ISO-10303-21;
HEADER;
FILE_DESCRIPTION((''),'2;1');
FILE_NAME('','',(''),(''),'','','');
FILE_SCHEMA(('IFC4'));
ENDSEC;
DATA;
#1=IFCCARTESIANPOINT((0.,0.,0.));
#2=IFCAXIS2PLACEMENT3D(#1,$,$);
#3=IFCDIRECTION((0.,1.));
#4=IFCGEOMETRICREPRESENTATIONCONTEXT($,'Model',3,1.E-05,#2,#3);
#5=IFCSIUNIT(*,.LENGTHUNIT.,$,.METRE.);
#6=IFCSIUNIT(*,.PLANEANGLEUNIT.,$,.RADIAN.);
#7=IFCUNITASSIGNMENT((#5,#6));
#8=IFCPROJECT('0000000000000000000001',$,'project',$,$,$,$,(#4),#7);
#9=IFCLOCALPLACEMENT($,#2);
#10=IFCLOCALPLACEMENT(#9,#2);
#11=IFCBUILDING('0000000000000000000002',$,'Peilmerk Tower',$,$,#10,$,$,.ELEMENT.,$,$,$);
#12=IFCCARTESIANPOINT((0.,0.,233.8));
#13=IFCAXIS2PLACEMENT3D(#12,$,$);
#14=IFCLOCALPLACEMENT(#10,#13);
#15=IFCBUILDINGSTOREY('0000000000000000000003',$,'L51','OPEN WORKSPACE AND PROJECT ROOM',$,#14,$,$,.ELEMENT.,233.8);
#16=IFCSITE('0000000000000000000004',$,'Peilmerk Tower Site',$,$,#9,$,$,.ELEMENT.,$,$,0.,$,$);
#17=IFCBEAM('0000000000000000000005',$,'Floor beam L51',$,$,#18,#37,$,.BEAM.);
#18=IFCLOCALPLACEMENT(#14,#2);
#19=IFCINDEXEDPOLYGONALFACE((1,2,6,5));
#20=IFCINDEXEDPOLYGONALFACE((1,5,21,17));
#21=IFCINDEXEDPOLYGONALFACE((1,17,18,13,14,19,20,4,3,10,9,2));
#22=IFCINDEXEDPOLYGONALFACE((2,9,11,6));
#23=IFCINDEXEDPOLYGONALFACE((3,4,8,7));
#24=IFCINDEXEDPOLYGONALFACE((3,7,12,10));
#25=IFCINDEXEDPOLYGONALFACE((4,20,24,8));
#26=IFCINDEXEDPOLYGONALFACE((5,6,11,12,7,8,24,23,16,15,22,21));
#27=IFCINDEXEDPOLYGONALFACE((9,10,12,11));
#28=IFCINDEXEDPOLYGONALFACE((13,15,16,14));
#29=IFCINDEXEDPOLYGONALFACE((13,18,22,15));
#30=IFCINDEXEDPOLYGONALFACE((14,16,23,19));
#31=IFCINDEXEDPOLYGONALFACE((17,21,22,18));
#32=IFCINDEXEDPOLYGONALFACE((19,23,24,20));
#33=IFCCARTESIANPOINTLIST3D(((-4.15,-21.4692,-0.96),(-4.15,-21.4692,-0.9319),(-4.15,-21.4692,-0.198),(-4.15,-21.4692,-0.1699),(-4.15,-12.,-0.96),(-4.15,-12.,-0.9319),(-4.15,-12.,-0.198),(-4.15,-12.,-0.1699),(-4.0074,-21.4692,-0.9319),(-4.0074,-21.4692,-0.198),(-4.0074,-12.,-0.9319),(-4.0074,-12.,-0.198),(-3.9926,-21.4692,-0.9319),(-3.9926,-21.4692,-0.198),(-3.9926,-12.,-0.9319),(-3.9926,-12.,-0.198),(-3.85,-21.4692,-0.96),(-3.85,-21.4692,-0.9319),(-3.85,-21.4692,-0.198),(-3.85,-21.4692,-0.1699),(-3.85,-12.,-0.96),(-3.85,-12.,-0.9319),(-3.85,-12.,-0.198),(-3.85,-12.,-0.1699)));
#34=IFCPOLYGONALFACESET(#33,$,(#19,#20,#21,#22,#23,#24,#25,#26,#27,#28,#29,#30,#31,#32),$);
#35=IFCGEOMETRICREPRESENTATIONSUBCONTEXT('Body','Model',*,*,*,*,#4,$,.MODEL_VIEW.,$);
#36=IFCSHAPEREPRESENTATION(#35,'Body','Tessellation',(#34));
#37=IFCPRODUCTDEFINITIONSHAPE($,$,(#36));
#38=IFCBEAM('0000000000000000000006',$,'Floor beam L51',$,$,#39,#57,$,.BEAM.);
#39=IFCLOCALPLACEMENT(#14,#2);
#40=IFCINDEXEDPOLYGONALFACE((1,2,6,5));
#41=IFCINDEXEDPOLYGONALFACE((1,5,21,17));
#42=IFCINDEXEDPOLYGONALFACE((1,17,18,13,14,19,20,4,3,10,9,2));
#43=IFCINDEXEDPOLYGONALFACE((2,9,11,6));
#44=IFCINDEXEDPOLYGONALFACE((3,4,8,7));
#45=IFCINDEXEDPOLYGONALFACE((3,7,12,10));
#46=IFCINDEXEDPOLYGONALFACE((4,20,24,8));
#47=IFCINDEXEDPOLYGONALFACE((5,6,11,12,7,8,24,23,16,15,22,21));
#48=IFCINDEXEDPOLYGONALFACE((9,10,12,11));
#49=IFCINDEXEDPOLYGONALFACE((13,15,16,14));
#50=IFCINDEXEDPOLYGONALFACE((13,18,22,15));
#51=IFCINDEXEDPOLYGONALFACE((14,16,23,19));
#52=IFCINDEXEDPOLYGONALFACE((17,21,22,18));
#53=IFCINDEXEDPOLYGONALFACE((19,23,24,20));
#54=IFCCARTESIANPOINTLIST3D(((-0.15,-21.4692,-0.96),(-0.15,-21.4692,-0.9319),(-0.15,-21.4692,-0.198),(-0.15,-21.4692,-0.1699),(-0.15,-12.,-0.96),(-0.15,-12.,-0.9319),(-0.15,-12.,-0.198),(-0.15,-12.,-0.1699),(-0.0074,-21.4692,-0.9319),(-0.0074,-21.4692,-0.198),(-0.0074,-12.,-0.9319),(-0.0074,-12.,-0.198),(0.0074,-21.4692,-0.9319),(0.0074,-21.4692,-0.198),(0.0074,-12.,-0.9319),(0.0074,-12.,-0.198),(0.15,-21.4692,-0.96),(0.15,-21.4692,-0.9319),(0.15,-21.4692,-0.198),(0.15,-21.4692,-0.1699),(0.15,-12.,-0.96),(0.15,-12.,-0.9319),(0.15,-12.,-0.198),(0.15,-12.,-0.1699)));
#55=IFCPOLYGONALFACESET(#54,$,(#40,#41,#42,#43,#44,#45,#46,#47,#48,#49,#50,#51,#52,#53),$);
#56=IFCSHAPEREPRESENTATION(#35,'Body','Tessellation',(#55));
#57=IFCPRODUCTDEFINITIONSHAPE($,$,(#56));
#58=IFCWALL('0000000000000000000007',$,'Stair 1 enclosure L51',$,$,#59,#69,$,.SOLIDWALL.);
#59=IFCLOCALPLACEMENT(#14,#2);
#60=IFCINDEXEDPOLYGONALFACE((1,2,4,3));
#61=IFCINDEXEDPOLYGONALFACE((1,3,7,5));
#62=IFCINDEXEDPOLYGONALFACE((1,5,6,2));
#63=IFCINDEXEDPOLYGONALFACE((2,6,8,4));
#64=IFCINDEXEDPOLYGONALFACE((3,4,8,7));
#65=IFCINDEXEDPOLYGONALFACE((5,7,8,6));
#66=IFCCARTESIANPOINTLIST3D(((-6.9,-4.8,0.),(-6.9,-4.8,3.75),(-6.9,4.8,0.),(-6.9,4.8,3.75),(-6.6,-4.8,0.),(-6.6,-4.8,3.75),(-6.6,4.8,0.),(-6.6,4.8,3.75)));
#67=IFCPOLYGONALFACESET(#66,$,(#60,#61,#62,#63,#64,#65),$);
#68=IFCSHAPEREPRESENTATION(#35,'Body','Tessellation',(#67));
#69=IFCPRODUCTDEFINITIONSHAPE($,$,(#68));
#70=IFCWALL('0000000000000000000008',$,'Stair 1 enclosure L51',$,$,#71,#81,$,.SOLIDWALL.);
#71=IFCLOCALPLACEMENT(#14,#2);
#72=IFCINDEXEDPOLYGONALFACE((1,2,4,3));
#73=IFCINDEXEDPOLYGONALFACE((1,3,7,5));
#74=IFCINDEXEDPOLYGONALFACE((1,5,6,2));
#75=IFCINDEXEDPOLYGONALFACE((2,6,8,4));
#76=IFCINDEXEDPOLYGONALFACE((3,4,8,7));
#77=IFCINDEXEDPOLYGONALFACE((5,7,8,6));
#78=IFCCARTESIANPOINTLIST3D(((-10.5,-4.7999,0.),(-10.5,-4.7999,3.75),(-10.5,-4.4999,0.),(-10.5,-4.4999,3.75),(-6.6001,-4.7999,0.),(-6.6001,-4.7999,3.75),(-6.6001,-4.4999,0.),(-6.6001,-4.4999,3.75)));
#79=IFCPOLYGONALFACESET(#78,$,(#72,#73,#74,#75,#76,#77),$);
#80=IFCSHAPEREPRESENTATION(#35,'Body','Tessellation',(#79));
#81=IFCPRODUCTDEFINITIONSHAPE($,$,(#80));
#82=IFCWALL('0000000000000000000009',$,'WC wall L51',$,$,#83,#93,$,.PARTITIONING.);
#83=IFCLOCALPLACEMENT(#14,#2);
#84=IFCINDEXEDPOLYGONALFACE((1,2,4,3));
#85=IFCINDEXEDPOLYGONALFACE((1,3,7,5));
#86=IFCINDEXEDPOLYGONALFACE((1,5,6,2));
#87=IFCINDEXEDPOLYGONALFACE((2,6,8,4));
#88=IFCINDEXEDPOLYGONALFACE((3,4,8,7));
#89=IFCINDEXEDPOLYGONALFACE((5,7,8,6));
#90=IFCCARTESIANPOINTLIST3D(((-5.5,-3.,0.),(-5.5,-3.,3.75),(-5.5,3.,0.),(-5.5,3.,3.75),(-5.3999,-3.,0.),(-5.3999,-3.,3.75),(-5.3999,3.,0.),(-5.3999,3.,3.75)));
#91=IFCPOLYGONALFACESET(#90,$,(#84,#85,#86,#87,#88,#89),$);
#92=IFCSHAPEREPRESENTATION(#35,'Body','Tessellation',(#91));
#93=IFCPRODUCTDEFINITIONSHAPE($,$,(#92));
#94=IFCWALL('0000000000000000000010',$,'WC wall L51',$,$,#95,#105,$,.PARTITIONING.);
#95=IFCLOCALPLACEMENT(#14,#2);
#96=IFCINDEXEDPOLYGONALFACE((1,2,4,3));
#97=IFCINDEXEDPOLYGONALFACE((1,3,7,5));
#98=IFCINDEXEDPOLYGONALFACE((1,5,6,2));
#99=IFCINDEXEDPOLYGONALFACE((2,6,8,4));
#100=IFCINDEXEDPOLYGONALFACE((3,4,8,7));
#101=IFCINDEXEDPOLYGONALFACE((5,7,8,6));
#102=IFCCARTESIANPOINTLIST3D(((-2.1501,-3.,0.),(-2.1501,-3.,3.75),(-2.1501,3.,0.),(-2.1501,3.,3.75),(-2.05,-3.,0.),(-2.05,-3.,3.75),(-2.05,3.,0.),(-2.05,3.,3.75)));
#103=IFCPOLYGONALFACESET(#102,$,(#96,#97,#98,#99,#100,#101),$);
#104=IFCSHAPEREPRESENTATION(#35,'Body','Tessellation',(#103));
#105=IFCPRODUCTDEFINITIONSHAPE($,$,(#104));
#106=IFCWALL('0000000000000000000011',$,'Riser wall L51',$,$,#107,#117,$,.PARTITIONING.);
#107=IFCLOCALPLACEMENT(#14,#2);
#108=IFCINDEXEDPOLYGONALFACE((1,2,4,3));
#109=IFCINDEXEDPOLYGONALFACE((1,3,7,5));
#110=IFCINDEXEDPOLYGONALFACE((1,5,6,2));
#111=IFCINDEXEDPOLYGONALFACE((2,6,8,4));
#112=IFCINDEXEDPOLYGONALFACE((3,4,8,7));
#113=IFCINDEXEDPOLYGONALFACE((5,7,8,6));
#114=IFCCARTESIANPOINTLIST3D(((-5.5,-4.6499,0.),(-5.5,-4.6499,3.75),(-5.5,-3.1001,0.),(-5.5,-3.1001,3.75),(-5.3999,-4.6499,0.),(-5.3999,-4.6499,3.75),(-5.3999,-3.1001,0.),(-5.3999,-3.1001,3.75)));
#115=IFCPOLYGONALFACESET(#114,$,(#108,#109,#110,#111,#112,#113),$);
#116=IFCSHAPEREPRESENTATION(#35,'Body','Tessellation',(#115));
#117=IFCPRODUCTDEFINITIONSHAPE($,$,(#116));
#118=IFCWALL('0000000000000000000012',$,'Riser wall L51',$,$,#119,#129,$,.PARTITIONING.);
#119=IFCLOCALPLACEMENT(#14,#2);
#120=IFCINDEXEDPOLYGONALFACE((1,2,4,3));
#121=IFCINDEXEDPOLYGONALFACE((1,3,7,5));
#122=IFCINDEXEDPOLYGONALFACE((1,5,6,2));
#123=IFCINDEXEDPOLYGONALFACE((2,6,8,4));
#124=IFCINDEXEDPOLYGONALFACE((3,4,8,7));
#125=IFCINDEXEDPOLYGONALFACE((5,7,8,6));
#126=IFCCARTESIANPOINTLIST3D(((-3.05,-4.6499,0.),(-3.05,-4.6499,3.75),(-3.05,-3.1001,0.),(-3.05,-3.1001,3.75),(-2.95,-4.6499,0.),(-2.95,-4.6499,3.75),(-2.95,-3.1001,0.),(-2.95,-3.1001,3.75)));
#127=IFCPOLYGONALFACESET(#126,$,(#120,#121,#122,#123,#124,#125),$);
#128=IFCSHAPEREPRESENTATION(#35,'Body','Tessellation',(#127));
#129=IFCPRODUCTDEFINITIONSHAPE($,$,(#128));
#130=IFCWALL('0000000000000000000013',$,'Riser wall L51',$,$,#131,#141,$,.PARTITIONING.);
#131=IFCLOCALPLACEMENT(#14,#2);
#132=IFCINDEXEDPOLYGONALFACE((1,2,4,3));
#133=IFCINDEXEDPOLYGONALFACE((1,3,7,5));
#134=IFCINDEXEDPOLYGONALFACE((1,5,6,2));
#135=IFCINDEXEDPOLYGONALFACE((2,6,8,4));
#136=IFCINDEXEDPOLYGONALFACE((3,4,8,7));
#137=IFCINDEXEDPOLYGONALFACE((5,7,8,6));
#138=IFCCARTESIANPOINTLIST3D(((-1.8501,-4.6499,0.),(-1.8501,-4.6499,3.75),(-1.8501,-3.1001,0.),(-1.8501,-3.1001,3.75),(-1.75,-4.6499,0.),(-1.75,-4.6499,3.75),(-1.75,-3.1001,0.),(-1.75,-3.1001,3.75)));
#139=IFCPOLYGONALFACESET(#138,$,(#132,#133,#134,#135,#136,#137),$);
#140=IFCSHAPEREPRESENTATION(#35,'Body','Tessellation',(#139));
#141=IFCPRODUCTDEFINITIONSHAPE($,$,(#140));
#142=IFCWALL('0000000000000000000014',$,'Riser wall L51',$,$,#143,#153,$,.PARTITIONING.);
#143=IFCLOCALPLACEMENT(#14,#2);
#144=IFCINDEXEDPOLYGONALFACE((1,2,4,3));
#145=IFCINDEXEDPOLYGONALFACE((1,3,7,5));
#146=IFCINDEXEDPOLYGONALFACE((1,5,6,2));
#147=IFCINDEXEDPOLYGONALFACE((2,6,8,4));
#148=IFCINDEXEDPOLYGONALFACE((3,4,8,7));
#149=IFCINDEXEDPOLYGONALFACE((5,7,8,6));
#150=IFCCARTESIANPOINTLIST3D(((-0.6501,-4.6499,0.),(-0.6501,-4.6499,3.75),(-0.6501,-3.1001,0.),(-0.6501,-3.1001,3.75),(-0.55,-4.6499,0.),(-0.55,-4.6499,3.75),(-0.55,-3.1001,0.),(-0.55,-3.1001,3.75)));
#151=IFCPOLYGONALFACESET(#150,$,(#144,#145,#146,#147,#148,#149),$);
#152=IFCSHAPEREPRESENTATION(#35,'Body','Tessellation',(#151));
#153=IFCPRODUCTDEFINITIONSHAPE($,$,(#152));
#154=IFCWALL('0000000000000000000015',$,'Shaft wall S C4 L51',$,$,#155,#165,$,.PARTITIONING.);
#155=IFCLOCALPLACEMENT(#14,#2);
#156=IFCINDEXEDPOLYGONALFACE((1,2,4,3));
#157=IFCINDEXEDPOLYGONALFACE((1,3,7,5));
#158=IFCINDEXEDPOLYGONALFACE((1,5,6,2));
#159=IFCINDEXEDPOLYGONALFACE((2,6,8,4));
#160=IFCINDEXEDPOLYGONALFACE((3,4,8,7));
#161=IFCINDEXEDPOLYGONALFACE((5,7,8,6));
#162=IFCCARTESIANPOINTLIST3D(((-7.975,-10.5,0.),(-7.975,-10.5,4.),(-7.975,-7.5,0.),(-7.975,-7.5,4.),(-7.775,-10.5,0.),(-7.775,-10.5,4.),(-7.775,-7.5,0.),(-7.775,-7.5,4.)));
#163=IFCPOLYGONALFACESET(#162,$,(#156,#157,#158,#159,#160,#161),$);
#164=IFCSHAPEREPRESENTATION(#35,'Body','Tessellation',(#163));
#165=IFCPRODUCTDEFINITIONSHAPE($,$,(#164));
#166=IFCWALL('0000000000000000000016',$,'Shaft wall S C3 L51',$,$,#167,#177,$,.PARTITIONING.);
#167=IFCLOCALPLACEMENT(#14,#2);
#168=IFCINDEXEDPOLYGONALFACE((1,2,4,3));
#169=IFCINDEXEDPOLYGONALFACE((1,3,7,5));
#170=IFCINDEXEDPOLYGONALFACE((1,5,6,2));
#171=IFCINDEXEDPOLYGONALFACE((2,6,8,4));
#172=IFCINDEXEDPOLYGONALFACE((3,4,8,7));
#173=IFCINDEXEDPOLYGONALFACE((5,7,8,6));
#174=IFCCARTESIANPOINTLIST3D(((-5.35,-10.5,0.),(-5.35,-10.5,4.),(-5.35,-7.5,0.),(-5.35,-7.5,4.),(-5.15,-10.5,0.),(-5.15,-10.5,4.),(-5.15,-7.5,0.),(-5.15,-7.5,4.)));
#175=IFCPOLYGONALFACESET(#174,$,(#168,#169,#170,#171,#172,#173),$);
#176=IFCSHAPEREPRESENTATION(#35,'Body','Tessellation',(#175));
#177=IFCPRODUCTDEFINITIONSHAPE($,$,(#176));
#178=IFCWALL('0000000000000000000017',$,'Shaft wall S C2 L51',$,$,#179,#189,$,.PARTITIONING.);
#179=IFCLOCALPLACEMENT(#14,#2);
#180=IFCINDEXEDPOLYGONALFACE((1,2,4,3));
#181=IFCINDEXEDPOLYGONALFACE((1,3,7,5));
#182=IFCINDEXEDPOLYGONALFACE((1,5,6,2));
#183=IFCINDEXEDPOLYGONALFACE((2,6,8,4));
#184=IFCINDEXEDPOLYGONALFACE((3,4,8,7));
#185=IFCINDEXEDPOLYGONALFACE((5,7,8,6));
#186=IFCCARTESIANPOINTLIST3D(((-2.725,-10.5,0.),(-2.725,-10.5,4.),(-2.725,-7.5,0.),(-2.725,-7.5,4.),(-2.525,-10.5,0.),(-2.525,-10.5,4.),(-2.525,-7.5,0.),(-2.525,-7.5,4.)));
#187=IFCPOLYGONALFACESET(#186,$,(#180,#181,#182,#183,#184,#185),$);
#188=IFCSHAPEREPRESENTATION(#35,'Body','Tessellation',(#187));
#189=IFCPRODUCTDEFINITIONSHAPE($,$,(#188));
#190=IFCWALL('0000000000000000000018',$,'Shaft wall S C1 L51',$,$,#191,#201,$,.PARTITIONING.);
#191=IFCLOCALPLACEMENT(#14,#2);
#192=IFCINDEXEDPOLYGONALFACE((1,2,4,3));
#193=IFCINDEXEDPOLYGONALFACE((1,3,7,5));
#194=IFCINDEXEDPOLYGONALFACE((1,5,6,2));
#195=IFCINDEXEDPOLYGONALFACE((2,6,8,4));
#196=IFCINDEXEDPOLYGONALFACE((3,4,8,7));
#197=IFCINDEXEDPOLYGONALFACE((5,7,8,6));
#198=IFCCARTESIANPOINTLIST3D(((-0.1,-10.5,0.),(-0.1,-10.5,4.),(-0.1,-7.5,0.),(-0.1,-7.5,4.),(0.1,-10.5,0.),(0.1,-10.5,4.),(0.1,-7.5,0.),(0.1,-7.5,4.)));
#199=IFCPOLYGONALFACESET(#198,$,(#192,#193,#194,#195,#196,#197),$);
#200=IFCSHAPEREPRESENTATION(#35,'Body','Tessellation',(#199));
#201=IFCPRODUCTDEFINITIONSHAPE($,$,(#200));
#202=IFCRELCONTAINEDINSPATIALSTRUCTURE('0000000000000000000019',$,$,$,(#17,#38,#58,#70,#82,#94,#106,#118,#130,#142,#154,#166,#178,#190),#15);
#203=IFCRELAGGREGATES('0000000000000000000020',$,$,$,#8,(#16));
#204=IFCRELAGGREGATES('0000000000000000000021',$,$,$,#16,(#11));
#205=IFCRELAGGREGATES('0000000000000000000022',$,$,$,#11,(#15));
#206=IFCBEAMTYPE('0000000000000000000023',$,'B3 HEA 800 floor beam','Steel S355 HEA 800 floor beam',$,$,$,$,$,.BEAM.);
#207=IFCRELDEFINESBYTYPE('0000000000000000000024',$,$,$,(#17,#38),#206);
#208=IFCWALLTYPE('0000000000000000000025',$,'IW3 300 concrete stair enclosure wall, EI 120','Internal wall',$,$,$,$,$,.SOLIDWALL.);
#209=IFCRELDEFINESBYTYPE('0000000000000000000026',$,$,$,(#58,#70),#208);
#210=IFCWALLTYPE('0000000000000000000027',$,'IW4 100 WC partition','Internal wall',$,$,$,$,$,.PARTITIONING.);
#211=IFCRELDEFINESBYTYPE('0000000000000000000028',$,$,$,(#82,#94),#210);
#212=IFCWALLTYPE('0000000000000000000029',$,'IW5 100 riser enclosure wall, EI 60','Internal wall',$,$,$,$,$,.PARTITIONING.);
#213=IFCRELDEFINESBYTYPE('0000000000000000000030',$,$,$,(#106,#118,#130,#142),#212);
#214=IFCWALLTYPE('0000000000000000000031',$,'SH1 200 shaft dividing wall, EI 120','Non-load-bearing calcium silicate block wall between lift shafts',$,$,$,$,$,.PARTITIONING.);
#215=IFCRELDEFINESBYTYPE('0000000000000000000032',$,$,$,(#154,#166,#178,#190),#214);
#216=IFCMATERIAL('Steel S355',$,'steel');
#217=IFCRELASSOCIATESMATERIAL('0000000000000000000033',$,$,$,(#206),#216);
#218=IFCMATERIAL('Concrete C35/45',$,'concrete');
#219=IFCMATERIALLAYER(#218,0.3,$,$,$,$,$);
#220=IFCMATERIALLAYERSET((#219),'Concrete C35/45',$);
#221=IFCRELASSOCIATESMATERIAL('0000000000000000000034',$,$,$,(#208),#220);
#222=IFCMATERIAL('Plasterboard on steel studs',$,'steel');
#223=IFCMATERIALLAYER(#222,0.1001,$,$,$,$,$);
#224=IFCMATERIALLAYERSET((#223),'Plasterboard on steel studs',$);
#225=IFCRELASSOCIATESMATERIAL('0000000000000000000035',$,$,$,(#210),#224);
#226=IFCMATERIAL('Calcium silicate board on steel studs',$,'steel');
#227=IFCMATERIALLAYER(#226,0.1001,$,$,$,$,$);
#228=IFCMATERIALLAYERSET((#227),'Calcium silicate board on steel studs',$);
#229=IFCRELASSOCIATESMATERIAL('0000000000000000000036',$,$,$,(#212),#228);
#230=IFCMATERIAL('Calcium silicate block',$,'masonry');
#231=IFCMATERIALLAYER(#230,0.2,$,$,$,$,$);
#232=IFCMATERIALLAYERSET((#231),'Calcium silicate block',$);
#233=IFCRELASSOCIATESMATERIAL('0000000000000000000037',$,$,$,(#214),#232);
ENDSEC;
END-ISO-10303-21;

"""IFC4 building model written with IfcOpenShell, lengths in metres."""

from ifc_helpers import new_model, si_unit, direction, frame, frame_2d, origin, origin_2d, place, context, subcontext, project, spatial, rectangle, i_section, extrude, material, layer, layer_set, material_profile, profile_set, type_object, element, save


model = new_model("IFC4")

# Units and contexts
model_context = context("Model", 3, precision=1e-05, world=origin(), true_north=direction((0.0, 1.0)))
body_context = subcontext(model_context, "Body", "Model", "MODEL_VIEW")
ifc_project = project(units=[si_unit("LENGTHUNIT", "METRE"), si_unit("PLANEANGLEUNIT", "RADIAN")], contexts=[model_context])

# Site, building, storey
site_placement = place(None, origin())
site = spatial("IfcSite", under=ifc_project, at=site_placement, Name="Peilmerk Tower Site", CompositionType="ELEMENT", RefElevation=0.0)
building_placement = place(site_placement, origin())
building = spatial("IfcBuilding", under=site, at=building_placement, Name="Peilmerk Tower", CompositionType="ELEMENT")
storey_placement = place(building_placement, frame((0.0, 0.0, 233.8)))
storey = spatial("IfcBuildingStorey", under=building, at=storey_placement, Name="L51", Description="OPEN WORKSPACE AND PROJECT ROOM", CompositionType="ELEMENT", Elevation=233.8)

# Beams
ifc_material_1 = material(Name="Steel S355", Category="steel")
ifc_material_profile = material_profile(ifc_material_1, i_section(OverallWidth=0.3, OverallDepth=0.79, WebThickness=0.0149, FlangeThickness=0.0281, at=origin_2d()), Name="HEA 800")
ifc_profile_set = profile_set([ifc_material_profile], Name="Steel S355")
beam_type = type_object("IfcBeamType", Name="B3 HEA 800 floor beam", Description="Steel S355 HEA 800 floor beam", PredefinedType="BEAM", material=ifc_profile_set)
for number, where, z_axis, x_axis, name in (
    (1, (-4.0, -12.0, -0.5649), (0.0, -1.0, 0.0), (1.0, 0.0, 0.0), "Floor beam L51"),
    (2, (0.0, -12.0, -0.5649), (0.0, -1.0, 0.0), (1.0, 0.0, 0.0), "Floor beam L51"),
):
    element("IfcBeam", number, at=place(storey_placement, frame(where, z_axis=z_axis, x_axis=x_axis)), inside=storey, type_object=beam_type, Name=name, PredefinedType="BEAM", context=body_context, shape_type="SweptSolid", body=[
        extrude(i_section(OverallWidth=0.3, OverallDepth=0.79, WebThickness=0.0149, FlangeThickness=0.0281, at=origin_2d()), origin(), (0.0, 0.0, 1.0), 9.4692),
    ])

# Walls
ifc_material_2 = material(Name="Concrete C35/45", Category="concrete")
ifc_layer_1 = layer(ifc_material_2, 0.3)
ifc_layer_set_1 = layer_set([ifc_layer_1], Name="Concrete C35/45")
wall_type_1 = type_object("IfcWallType", Name="IW3 300 concrete stair enclosure wall, EI 120", Description="Internal wall", PredefinedType="SOLIDWALL", material=ifc_layer_set_1)
wall_1_placement = place(storey_placement, frame((-6.75, -4.8, 0.0), z_axis=(0.0, 0.0, 1.0), x_axis=(0.0, 1.0, 0.0)))
element("IfcWall", 3, at=wall_1_placement, inside=storey, type_object=wall_type_1, Name="Stair 1 enclosure L51", PredefinedType="SOLIDWALL", context=body_context, shape_type="SweptSolid", body=[
    extrude(rectangle(XDim=9.6001, YDim=0.3, at=frame_2d((4.8, 0.0))), origin(), (0.0, 0.0, 1.0), 3.75),
])
wall_2_placement = place(storey_placement, frame((-6.6001, -4.6499, 0.0), z_axis=(0.0, 0.0, 1.0), x_axis=(-1.0, 0.0, 0.0)))
element("IfcWall", 4, at=wall_2_placement, inside=storey, type_object=wall_type_1, Name="Stair 1 enclosure L51", PredefinedType="SOLIDWALL", context=body_context, shape_type="SweptSolid", body=[
    extrude(rectangle(XDim=3.8999, YDim=0.3, at=frame_2d((1.95, 0.0))), origin(), (0.0, 0.0, 1.0), 3.75),
])
ifc_material_3 = material(Name="Plasterboard on steel studs", Category="steel")
ifc_layer_2 = layer(ifc_material_3, 0.1001)
ifc_layer_set_2 = layer_set([ifc_layer_2], Name="Plasterboard on steel studs")
wall_type_2 = type_object("IfcWallType", Name="IW4 100 WC partition", Description="Internal wall", PredefinedType="PARTITIONING", material=ifc_layer_set_2)
for number, where, z_axis, x_axis, name in (
    (5, (-5.45, -3.0, 0.0), (0.0, 0.0, 1.0), (0.0, 1.0, 0.0), "WC wall L51"),
    (6, (-2.1001, -3.0, 0.0), (0.0, 0.0, 1.0), (0.0, 1.0, 0.0), "WC wall L51"),
):
    element("IfcWall", number, at=place(storey_placement, frame(where, z_axis=z_axis, x_axis=x_axis)), inside=storey, type_object=wall_type_2, Name=name, PredefinedType="PARTITIONING", context=body_context, shape_type="SweptSolid", body=[
        extrude(rectangle(XDim=6.0, YDim=0.1001, at=frame_2d((3.0, 0.0))), origin(), (0.0, 0.0, 1.0), 3.75),
    ])
ifc_material_4 = material(Name="Calcium silicate board on steel studs", Category="steel")
ifc_layer_3 = layer(ifc_material_4, 0.1001)
ifc_layer_set_3 = layer_set([ifc_layer_3], Name="Calcium silicate board on steel studs")
wall_type_3 = type_object("IfcWallType", Name="IW5 100 riser enclosure wall, EI 60", Description="Internal wall", PredefinedType="PARTITIONING", material=ifc_layer_set_3)
for number, where, z_axis, x_axis, name in (
    (7, (-5.45, -3.1001, 0.0), (0.0, 0.0, 1.0), (0.0, -1.0, 0.0), "Riser wall L51"),
    (8, (-3.0, -3.1001, 0.0), (0.0, 0.0, 1.0), (0.0, -1.0, 0.0), "Riser wall L51"),
    (9, (-1.8, -3.1001, 0.0), (0.0, 0.0, 1.0), (0.0, -1.0, 0.0), "Riser wall L51"),
    (10, (-0.6001, -3.1001, 0.0), (0.0, 0.0, 1.0), (0.0, -1.0, 0.0), "Riser wall L51"),
):
    element("IfcWall", number, at=place(storey_placement, frame(where, z_axis=z_axis, x_axis=x_axis)), inside=storey, type_object=wall_type_3, Name=name, PredefinedType="PARTITIONING", context=body_context, shape_type="SweptSolid", body=[
        extrude(rectangle(XDim=1.5498, YDim=0.1001, at=frame_2d((0.7749, 0.0))), origin(), (0.0, 0.0, 1.0), 3.75),
    ])
ifc_material_5 = material(Name="Calcium silicate block", Category="masonry")
ifc_layer_4 = layer(ifc_material_5, 0.2)
ifc_layer_set_4 = layer_set([ifc_layer_4], Name="Calcium silicate block")
wall_type_4 = type_object("IfcWallType", Name="SH1 200 shaft dividing wall, EI 120", Description="Non-load-bearing calcium silicate block wall between lift shafts", PredefinedType="PARTITIONING", material=ifc_layer_set_4)
for number, where, z_axis, x_axis, name in (
    (11, (-7.875, -10.5, 0.0), (0.0, 0.0, 1.0), (0.0, 1.0, 0.0), "Shaft wall S C4 L51"),
    (12, (-5.25, -10.5, 0.0), (0.0, 0.0, 1.0), (0.0, 1.0, 0.0), "Shaft wall S C3 L51"),
    (13, (-2.625, -10.5, 0.0), (0.0, 0.0, 1.0), (0.0, 1.0, 0.0), "Shaft wall S C2 L51"),
    (14, (0.0, -10.5, 0.0), (0.0, 0.0, 1.0), (0.0, 1.0, 0.0), "Shaft wall S C1 L51"),
):
    element("IfcWall", number, at=place(storey_placement, frame(where, z_axis=z_axis, x_axis=x_axis)), inside=storey, type_object=wall_type_4, Name=name, PredefinedType="PARTITIONING", context=body_context, shape_type="SweptSolid", body=[
        extrude(rectangle(XDim=3.0, YDim=0.2, at=frame_2d((1.5, 0.0))), origin(), (0.0, 0.0, 1.0), 4.0),
    ])

save(model, "model.ifc")
